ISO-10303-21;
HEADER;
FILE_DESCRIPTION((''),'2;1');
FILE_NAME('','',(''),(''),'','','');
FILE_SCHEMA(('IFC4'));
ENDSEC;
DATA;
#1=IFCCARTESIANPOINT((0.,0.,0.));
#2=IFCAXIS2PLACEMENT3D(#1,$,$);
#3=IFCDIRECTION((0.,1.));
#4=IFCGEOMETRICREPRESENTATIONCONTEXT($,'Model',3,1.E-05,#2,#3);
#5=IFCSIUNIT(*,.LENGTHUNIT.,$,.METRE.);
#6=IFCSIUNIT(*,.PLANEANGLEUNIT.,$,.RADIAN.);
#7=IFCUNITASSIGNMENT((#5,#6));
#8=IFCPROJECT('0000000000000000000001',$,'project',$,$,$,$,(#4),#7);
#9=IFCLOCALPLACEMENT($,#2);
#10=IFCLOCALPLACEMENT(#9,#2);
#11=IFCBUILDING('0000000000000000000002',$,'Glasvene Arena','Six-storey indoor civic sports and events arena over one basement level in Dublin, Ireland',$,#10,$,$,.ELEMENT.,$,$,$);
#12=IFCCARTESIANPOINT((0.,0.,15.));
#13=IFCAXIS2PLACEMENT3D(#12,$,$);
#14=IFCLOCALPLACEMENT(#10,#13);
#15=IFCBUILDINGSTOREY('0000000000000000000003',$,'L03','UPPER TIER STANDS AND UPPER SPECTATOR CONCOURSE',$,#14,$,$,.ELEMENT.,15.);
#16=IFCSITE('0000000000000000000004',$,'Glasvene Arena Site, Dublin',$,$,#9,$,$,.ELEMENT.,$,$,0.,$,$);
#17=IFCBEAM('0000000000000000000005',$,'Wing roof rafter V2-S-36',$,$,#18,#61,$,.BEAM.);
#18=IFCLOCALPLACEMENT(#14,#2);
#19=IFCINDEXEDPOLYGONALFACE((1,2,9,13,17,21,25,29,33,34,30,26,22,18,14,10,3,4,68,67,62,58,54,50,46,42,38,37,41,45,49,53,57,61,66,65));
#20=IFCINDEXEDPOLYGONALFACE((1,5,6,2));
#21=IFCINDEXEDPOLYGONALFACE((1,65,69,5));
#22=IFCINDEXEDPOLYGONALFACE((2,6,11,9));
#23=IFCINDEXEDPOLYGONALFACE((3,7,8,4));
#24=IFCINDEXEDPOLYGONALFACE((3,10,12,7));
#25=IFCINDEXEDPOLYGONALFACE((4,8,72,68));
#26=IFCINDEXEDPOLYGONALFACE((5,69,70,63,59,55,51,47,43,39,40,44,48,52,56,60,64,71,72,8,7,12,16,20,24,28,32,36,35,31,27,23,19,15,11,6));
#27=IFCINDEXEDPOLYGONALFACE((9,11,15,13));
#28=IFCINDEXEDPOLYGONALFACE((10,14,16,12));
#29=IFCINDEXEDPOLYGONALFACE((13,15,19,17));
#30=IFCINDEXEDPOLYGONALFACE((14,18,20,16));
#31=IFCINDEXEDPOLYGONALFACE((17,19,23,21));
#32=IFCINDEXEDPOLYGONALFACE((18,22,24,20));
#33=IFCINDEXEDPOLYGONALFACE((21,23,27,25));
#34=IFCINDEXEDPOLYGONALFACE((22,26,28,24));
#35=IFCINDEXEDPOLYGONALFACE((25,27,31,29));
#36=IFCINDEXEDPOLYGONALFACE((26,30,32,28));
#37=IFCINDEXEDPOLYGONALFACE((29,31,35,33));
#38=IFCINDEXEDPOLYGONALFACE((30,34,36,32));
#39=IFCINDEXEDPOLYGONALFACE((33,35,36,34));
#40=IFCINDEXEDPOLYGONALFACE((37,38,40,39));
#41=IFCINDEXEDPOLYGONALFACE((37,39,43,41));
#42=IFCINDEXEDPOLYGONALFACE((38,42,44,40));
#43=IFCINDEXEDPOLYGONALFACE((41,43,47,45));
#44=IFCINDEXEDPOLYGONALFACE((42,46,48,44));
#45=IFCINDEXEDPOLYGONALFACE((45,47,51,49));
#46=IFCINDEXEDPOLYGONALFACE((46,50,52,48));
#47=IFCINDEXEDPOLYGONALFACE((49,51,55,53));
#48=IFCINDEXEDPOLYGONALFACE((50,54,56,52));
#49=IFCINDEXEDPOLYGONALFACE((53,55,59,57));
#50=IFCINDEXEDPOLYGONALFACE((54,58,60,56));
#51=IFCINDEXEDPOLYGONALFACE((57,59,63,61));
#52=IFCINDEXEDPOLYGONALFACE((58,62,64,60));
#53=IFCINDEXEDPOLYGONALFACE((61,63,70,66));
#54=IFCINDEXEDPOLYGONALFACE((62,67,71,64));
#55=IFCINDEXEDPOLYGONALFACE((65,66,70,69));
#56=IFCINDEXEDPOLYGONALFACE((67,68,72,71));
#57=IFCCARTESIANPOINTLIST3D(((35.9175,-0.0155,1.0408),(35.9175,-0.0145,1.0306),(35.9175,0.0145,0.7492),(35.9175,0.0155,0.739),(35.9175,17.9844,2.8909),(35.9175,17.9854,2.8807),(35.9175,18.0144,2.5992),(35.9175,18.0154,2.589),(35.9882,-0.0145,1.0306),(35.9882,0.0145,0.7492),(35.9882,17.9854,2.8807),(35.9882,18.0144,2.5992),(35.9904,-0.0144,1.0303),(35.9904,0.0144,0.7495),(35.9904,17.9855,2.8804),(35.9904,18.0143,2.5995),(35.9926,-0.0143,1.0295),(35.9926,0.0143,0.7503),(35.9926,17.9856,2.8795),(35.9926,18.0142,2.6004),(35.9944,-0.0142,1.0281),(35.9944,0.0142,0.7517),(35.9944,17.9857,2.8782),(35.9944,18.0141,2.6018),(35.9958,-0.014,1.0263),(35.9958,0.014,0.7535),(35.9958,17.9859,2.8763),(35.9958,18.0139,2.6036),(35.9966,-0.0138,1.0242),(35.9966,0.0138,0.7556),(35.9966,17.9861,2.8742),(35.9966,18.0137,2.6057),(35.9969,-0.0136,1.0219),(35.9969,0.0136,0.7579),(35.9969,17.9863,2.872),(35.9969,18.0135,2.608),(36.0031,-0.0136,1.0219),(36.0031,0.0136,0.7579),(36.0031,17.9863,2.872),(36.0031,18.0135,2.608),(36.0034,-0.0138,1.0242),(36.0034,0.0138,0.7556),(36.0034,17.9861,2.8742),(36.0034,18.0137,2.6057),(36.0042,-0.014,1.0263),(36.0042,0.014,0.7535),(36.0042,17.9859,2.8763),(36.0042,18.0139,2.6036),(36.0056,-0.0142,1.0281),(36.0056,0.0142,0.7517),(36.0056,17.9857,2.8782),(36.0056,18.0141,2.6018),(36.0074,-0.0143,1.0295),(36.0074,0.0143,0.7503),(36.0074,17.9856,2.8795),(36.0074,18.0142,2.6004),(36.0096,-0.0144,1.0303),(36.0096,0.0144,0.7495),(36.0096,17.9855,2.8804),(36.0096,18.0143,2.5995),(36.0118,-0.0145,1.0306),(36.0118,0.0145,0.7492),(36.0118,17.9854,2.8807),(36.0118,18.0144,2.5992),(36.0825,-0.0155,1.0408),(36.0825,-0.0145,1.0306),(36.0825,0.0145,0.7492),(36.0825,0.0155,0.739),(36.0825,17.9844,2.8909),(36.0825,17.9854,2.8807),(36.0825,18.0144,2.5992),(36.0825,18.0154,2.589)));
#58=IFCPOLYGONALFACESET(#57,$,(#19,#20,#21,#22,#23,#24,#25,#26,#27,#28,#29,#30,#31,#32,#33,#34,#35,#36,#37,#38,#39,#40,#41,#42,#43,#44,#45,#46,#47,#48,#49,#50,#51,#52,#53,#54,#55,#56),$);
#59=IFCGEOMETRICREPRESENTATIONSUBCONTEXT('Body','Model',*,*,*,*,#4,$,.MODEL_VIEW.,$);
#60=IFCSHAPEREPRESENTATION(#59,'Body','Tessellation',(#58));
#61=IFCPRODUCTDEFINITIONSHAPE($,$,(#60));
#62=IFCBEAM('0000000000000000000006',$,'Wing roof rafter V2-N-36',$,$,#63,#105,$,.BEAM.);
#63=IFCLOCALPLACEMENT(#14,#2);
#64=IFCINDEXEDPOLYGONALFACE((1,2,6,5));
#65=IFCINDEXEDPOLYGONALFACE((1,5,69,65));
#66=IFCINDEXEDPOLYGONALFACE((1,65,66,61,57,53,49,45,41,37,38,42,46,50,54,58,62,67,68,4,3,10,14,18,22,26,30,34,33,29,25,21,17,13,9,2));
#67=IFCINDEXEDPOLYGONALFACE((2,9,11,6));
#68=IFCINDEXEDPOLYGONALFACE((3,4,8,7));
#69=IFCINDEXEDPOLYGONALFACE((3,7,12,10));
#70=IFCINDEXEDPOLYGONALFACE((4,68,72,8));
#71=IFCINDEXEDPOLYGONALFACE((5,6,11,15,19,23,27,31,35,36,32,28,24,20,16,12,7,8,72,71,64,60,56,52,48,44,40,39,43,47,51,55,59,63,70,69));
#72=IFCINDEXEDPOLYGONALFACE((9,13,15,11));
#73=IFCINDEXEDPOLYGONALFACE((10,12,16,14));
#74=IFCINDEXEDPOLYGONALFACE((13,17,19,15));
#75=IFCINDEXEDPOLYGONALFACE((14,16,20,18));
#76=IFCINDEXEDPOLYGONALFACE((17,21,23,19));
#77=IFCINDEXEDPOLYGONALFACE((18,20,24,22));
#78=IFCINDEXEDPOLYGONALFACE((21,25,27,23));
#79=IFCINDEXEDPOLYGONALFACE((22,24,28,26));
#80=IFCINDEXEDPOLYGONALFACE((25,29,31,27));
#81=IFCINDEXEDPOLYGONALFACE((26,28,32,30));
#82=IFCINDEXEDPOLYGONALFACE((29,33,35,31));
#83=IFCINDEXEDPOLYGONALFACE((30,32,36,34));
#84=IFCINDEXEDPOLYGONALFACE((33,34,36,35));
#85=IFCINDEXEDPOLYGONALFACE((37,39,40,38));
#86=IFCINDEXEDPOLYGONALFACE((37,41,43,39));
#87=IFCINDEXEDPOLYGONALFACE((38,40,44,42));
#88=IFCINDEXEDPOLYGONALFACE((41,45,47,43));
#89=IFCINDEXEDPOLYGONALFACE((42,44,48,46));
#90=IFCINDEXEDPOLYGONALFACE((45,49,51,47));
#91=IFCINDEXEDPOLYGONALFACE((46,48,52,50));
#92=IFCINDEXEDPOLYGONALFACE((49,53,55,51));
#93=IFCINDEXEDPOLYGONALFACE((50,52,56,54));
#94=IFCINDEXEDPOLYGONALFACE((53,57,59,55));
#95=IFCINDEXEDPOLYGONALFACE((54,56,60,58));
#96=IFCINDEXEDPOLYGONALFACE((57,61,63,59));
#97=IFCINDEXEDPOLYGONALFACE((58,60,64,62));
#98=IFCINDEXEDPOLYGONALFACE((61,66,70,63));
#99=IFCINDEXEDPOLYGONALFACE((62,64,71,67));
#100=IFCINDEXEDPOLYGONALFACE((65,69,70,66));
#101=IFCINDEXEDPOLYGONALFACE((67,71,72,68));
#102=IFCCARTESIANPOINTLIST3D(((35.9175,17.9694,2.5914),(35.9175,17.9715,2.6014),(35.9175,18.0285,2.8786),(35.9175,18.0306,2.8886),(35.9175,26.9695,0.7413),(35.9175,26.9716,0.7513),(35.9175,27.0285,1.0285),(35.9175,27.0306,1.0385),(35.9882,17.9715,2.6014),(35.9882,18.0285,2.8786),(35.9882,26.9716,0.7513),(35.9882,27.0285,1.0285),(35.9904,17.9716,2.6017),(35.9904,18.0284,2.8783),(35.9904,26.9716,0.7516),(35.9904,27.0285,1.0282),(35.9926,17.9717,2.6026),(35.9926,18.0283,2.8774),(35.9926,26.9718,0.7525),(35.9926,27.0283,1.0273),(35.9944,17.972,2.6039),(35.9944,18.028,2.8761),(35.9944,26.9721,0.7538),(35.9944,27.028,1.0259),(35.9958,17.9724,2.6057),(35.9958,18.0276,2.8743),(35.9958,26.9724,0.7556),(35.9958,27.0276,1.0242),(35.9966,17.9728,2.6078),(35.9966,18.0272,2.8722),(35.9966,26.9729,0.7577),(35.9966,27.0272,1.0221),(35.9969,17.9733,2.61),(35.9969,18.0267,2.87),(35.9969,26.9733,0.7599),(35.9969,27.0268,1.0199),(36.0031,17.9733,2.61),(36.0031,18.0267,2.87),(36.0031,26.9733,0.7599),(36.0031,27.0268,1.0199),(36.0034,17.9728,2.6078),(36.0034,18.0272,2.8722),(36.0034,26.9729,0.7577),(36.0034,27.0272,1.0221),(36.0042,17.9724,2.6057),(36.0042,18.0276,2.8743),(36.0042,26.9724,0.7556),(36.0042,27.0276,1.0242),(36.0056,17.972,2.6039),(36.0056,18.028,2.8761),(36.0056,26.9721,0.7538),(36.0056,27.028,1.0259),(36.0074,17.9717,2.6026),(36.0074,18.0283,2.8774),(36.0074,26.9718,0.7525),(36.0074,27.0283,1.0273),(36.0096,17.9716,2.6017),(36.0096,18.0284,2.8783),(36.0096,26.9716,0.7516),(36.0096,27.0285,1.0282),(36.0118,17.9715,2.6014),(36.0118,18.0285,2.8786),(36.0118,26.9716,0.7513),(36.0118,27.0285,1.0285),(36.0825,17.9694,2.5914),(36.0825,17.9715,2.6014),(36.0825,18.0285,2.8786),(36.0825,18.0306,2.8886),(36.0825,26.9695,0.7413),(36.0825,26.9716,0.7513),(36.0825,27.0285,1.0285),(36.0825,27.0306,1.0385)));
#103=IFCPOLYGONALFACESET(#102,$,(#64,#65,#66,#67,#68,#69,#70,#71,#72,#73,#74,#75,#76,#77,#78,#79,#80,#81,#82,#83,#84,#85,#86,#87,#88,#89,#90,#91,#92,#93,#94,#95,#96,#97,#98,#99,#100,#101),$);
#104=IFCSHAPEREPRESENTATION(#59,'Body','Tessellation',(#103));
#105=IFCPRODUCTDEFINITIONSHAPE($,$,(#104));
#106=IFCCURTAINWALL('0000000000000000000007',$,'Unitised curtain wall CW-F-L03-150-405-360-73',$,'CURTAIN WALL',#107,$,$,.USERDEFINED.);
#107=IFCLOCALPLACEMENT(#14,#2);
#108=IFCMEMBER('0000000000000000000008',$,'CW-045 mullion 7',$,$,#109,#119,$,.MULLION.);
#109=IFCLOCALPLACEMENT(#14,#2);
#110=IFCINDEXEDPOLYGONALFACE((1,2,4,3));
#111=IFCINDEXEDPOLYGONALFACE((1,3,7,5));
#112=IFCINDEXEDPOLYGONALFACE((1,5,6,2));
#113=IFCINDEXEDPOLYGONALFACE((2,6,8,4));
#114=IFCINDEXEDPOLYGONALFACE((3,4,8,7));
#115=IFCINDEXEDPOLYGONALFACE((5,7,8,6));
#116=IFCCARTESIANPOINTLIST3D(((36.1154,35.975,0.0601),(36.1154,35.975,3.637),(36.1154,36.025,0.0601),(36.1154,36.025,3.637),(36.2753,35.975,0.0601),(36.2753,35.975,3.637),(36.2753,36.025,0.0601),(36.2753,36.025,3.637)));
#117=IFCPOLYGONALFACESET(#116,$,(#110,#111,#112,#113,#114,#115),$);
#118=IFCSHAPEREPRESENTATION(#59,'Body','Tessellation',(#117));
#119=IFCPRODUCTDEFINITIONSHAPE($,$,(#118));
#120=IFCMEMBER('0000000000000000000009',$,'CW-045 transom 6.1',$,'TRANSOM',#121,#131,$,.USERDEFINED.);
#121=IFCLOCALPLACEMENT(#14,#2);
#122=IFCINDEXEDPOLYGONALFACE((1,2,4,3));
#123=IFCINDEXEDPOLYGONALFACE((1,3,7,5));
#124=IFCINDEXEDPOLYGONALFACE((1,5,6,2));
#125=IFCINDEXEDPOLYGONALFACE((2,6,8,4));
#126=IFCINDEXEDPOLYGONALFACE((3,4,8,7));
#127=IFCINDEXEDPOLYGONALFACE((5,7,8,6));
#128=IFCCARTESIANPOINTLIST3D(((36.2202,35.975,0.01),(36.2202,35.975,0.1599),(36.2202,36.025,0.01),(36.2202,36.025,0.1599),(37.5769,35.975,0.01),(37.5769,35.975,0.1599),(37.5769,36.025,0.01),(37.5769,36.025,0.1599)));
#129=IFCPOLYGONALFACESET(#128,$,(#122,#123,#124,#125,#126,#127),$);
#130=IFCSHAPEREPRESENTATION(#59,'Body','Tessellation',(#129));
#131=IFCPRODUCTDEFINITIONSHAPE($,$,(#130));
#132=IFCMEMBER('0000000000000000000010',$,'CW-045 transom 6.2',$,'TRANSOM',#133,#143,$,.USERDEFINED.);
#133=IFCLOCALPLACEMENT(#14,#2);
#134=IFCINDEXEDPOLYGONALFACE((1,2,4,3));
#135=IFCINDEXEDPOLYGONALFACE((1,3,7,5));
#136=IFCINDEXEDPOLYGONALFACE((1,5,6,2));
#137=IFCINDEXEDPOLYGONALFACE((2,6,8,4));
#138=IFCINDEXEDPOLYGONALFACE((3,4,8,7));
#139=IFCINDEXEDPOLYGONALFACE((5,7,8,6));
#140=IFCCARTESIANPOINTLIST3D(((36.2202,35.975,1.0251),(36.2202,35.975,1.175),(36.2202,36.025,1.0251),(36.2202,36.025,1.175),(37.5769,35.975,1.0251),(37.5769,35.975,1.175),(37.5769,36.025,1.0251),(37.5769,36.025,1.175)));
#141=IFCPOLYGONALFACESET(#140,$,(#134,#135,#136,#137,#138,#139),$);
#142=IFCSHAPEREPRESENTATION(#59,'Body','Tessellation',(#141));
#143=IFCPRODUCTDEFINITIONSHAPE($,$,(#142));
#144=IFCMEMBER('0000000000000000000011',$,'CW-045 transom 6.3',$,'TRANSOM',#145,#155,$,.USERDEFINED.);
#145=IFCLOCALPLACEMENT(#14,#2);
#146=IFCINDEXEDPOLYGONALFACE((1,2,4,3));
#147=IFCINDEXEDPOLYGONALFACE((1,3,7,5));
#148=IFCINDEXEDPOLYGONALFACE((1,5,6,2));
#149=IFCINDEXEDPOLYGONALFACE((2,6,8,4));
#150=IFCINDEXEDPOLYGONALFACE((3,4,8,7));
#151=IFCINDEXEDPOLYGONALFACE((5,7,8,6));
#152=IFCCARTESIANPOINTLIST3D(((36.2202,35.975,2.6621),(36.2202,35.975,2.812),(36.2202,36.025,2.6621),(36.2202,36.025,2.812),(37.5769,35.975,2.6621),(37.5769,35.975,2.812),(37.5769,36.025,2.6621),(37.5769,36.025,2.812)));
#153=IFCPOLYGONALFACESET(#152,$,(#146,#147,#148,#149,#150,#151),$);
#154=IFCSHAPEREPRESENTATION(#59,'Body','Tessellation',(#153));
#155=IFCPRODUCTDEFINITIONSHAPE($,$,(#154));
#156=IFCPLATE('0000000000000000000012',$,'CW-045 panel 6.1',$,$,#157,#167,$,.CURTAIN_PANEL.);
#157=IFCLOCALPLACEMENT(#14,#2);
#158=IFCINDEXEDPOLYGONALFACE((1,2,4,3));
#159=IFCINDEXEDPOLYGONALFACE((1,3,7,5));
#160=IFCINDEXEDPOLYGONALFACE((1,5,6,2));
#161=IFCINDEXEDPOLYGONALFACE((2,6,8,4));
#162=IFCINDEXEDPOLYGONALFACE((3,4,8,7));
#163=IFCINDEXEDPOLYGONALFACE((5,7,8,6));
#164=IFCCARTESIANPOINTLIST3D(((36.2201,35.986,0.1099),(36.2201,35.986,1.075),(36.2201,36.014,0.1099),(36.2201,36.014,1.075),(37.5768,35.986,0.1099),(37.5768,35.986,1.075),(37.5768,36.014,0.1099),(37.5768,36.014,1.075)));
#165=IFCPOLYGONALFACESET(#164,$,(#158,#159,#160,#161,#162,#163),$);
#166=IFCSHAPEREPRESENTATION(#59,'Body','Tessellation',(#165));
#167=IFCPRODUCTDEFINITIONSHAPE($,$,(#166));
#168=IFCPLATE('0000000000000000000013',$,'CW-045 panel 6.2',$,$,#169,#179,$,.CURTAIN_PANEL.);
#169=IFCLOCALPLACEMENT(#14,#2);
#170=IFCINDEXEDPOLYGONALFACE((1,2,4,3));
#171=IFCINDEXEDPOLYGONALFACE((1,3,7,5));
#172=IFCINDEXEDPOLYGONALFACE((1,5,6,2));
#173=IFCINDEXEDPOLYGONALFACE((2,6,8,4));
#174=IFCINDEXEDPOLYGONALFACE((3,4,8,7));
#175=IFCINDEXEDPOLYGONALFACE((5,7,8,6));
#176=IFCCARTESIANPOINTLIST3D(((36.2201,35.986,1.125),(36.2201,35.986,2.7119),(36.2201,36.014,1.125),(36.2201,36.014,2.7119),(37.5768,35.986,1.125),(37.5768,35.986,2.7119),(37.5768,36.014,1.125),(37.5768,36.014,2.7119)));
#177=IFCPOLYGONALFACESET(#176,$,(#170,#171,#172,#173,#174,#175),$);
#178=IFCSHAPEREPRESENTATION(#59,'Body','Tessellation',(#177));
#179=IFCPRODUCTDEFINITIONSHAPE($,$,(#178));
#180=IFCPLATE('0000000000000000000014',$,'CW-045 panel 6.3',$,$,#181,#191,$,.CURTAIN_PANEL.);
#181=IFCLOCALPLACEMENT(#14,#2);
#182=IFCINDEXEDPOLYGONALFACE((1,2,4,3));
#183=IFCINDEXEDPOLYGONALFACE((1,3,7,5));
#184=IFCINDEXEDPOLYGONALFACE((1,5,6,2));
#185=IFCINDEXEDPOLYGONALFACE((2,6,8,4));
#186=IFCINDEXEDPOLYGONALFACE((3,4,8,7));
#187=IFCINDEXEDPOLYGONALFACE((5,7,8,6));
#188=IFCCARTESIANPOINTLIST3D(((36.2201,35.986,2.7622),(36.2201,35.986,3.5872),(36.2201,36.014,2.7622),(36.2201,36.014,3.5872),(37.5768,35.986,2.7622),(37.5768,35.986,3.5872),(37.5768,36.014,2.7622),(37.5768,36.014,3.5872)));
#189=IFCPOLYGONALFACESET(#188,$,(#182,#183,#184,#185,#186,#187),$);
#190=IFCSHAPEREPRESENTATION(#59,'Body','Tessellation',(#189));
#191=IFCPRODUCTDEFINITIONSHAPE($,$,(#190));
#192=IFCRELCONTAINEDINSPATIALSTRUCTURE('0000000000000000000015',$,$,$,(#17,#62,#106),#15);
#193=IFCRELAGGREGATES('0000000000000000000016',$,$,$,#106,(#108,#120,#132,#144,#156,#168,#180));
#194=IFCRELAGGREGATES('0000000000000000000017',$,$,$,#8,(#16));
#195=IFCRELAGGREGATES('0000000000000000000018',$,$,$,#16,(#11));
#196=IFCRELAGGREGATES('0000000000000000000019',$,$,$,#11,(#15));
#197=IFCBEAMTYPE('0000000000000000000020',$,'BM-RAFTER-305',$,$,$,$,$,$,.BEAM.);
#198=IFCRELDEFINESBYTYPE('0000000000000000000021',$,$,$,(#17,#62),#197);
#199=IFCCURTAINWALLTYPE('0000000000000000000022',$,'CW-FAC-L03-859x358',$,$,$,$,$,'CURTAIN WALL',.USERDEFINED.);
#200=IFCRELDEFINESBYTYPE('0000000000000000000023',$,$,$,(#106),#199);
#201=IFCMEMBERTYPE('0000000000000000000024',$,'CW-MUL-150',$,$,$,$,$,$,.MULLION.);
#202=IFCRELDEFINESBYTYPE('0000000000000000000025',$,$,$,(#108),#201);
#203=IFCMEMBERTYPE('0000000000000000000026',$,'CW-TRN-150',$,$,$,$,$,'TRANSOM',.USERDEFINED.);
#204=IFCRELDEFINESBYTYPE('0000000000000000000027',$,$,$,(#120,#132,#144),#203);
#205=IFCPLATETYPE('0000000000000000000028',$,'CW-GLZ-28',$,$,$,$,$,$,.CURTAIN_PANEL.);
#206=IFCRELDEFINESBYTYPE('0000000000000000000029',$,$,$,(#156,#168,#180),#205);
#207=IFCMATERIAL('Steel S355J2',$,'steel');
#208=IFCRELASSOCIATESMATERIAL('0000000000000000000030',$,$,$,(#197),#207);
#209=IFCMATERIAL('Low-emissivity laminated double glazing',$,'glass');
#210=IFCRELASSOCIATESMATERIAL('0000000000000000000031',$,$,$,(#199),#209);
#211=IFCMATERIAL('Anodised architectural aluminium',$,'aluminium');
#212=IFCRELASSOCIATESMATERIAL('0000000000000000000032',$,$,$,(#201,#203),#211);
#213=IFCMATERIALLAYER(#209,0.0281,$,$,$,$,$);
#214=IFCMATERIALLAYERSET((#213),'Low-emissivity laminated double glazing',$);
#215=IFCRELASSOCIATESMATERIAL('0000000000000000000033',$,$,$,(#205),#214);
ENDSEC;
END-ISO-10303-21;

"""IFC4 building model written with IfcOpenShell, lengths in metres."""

from ifc_helpers import new_model, si_unit, direction, frame, origin, origin_2d, place, context, subcontext, project, spatial, rectangle, i_section, extrude, material, layer, layer_set, material_profile, profile_set, type_object, element, aggregate, save


model = new_model("IFC4")

# Units and contexts
model_context = context("Model", 3, precision=1e-05, world=origin(), true_north=direction((0.0, 1.0)))
body_context = subcontext(model_context, "Body", "Model", "MODEL_VIEW")
ifc_project = project(units=[si_unit("LENGTHUNIT", "METRE"), si_unit("PLANEANGLEUNIT", "RADIAN")], contexts=[model_context])

# Site, building, storey
site_placement = place(None, origin())
site = spatial("IfcSite", under=ifc_project, at=site_placement, Name="Glasvene Arena Site, Dublin", CompositionType="ELEMENT", RefElevation=0.0)
building_placement = place(site_placement, origin())
building = spatial("IfcBuilding", under=site, at=building_placement, Name="Glasvene Arena", Description="Six-storey indoor civic sports and events arena over one basement level in Dublin, Ireland", CompositionType="ELEMENT")
storey_placement = place(building_placement, frame((0.0, 0.0, 15.0)))
storey = spatial("IfcBuildingStorey", under=building, at=storey_placement, Name="L03", Description="UPPER TIER STANDS AND UPPER SPECTATOR CONCOURSE", CompositionType="ELEMENT", Elevation=15.0)

# Shared definitions
ifc_material_1 = material(Name="Steel S355J2", Category="steel")

# Beams
ifc_material_profile_1 = material_profile(ifc_material_1, i_section(OverallWidth=0.165, OverallDepth=0.3035, WebThickness=0.0061, FlangeThickness=0.0103, FilletRadius=0.0088, at=origin_2d()), Name="UKB 305x165x40")
ifc_profile_set_1 = profile_set([ifc_material_profile_1], Name="Steel S355J2")
beam_type_1 = type_object("IfcBeamType", Name="BM-RAFTER-305", PredefinedType="BEAM", material=ifc_profile_set_1)
beam_1_placement = place(storey_placement, frame((36.0, 0.0, 0.8899), z_axis=(0.0, 0.994759, 0.102245), x_axis=(-1.0, 0.0, 0.0)))
element("IfcBeam", 1, at=beam_1_placement, inside=storey, type_object=beam_type_1, Name="Wing roof rafter V2-S-36", PredefinedType="BEAM", context=body_context, shape_type="SweptSolid", body=[
    extrude(i_section(OverallWidth=0.165, OverallDepth=0.3035, WebThickness=0.0061, FlangeThickness=0.0103, FilletRadius=0.0088, at=origin_2d()), origin(), (0.0, 0.0, 1.0), 18.0947),
])
beam_2_placement = place(storey_placement, frame((36.0, 18.0, 2.74), z_axis=(0.0, 0.979518, -0.201356), x_axis=(-1.0, 0.0, 0.0)))
element("IfcBeam", 2, at=beam_2_placement, inside=storey, type_object=beam_type_1, Name="Wing roof rafter V2-N-36", PredefinedType="BEAM", context=body_context, shape_type="SweptSolid", body=[
    extrude(i_section(OverallWidth=0.165, OverallDepth=0.3035, WebThickness=0.0061, FlangeThickness=0.0103, FilletRadius=0.0088, at=origin_2d()), origin(), (0.0, 0.0, 1.0), 9.1882),
])

# Curtain wall, members, plates
ifc_material_2 = material(Name="Low-emissivity laminated double glazing", Category="glass")
curtain_wall_type = type_object("IfcCurtainWallType", Name="CW-FAC-L03-859x358", ElementType="CURTAIN WALL", PredefinedType="USERDEFINED", material=ifc_material_2)
curtain_wall_placement = place(storey_placement, frame((44.76, 36.0, 0.0)))
curtain_wall = element("IfcCurtainWall", 3, at=curtain_wall_placement, inside=storey, type_object=curtain_wall_type, Name="Unitised curtain wall CW-F-L03-150-405-360-73", ObjectType="CURTAIN WALL", PredefinedType="USERDEFINED")
ifc_material_3 = material(Name="Anodised architectural aluminium", Category="aluminium")
ifc_material_profile_2 = material_profile(ifc_material_3, rectangle(XDim=0.05, YDim=0.1599, at=origin_2d()), Name="ALU MULLION 50x160")
ifc_profile_set_2 = profile_set([ifc_material_profile_2], Name="Anodised architectural aluminium")
member_type_1 = type_object("IfcMemberType", Name="CW-MUL-150", PredefinedType="MULLION", material=ifc_profile_set_2)
member_1_placement = place(storey_placement, frame((36.1953, 36.0, 0.0601), z_axis=(0.0, 0.0, 1.0), x_axis=(0.0, -1.0, 0.0)))
member_1 = element("IfcMember", 4, at=member_1_placement, type_object=member_type_1, Name="CW-045 mullion 7", PredefinedType="MULLION", context=body_context, shape_type="SweptSolid", body=[
    extrude(rectangle(XDim=0.05, YDim=0.1599, at=origin_2d()), origin(), (0.0, 0.0, 1.0), 3.5769),
])
ifc_material_profile_3 = material_profile(ifc_material_3, rectangle(XDim=0.05, YDim=0.1499, at=origin_2d()), Name="ALU TRANSOM 50x150")
ifc_profile_set_3 = profile_set([ifc_material_profile_3], Name="Anodised architectural aluminium")
member_type_2 = type_object("IfcMemberType", Name="CW-TRN-150", ElementType="TRANSOM", PredefinedType="USERDEFINED", material=ifc_profile_set_3)
member_2_placement = place(storey_placement, frame((37.5769, 36.0, 0.085), z_axis=(-1.0, 0.0, 0.0), x_axis=(0.0, -1.0, 0.0)))
member_2 = element("IfcMember", 5, at=member_2_placement, type_object=member_type_2, Name="CW-045 transom 6.1", ObjectType="TRANSOM", PredefinedType="USERDEFINED", context=body_context, shape_type="SweptSolid", body=[
    extrude(rectangle(XDim=0.05, YDim=0.1499, at=origin_2d()), origin(), (0.0, 0.0, 1.0), 1.3567),
])
member_3_placement = place(storey_placement, frame((37.5769, 36.0, 1.1001), z_axis=(-1.0, 0.0, 0.0), x_axis=(0.0, -1.0, 0.0)))
member_3 = element("IfcMember", 6, at=member_3_placement, type_object=member_type_2, Name="CW-045 transom 6.2", ObjectType="TRANSOM", PredefinedType="USERDEFINED", context=body_context, shape_type="SweptSolid", body=[
    extrude(rectangle(XDim=0.05, YDim=0.1499, at=origin_2d()), origin(), (0.0, 0.0, 1.0), 1.3567),
])
member_4_placement = place(storey_placement, frame((37.5769, 36.0, 2.7371), z_axis=(-1.0, 0.0, 0.0), x_axis=(0.0, -1.0, 0.0)))
member_4 = element("IfcMember", 7, at=member_4_placement, type_object=member_type_2, Name="CW-045 transom 6.3", ObjectType="TRANSOM", PredefinedType="USERDEFINED", context=body_context, shape_type="SweptSolid", body=[
    extrude(rectangle(XDim=0.05, YDim=0.1499, at=origin_2d()), origin(), (0.0, 0.0, 1.0), 1.3567),
])
ifc_layer_1 = layer(ifc_material_2, 0.0281)
ifc_layer_set_1 = layer_set([ifc_layer_1], Name="Low-emissivity laminated double glazing")
plate_type = type_object("IfcPlateType", Name="CW-GLZ-28", PredefinedType="CURTAIN_PANEL", material=ifc_layer_set_1)
plate_1_placement = place(storey_placement, frame((36.8984, 36.0, 0.1099), z_axis=(0.0, 0.0, 1.0), x_axis=(-1.0, 0.0, 0.0)))
plate_1 = element("IfcPlate", 8, at=plate_1_placement, type_object=plate_type, Name="CW-045 panel 6.1", PredefinedType="CURTAIN_PANEL", context=body_context, shape_type="SweptSolid", body=[
    extrude(rectangle(XDim=1.3567, YDim=0.0281, at=origin_2d()), origin(), (0.0, 0.0, 1.0), 0.9651),
])
plate_2_placement = place(storey_placement, frame((36.8984, 36.0, 1.125), z_axis=(0.0, 0.0, 1.0), x_axis=(-1.0, 0.0, 0.0)))
plate_2 = element("IfcPlate", 9, at=plate_2_placement, type_object=plate_type, Name="CW-045 panel 6.2", PredefinedType="CURTAIN_PANEL", context=body_context, shape_type="SweptSolid", body=[
    extrude(rectangle(XDim=1.3567, YDim=0.0281, at=origin_2d()), origin(), (0.0, 0.0, 1.0), 1.5869),
])
plate_3_placement = place(storey_placement, frame((36.8984, 36.0, 2.7622), z_axis=(0.0, 0.0, 1.0), x_axis=(-1.0, 0.0, 0.0)))
plate_3 = element("IfcPlate", 10, at=plate_3_placement, type_object=plate_type, Name="CW-045 panel 6.3", PredefinedType="CURTAIN_PANEL", context=body_context, shape_type="SweptSolid", body=[
    extrude(rectangle(XDim=1.3567, YDim=0.0281, at=origin_2d()), origin(), (0.0, 0.0, 1.0), 0.825),
])
aggregate(curtain_wall, [member_1, member_2, member_3, member_4, plate_1, plate_2, plate_3])

save(model, "model.ifc")
